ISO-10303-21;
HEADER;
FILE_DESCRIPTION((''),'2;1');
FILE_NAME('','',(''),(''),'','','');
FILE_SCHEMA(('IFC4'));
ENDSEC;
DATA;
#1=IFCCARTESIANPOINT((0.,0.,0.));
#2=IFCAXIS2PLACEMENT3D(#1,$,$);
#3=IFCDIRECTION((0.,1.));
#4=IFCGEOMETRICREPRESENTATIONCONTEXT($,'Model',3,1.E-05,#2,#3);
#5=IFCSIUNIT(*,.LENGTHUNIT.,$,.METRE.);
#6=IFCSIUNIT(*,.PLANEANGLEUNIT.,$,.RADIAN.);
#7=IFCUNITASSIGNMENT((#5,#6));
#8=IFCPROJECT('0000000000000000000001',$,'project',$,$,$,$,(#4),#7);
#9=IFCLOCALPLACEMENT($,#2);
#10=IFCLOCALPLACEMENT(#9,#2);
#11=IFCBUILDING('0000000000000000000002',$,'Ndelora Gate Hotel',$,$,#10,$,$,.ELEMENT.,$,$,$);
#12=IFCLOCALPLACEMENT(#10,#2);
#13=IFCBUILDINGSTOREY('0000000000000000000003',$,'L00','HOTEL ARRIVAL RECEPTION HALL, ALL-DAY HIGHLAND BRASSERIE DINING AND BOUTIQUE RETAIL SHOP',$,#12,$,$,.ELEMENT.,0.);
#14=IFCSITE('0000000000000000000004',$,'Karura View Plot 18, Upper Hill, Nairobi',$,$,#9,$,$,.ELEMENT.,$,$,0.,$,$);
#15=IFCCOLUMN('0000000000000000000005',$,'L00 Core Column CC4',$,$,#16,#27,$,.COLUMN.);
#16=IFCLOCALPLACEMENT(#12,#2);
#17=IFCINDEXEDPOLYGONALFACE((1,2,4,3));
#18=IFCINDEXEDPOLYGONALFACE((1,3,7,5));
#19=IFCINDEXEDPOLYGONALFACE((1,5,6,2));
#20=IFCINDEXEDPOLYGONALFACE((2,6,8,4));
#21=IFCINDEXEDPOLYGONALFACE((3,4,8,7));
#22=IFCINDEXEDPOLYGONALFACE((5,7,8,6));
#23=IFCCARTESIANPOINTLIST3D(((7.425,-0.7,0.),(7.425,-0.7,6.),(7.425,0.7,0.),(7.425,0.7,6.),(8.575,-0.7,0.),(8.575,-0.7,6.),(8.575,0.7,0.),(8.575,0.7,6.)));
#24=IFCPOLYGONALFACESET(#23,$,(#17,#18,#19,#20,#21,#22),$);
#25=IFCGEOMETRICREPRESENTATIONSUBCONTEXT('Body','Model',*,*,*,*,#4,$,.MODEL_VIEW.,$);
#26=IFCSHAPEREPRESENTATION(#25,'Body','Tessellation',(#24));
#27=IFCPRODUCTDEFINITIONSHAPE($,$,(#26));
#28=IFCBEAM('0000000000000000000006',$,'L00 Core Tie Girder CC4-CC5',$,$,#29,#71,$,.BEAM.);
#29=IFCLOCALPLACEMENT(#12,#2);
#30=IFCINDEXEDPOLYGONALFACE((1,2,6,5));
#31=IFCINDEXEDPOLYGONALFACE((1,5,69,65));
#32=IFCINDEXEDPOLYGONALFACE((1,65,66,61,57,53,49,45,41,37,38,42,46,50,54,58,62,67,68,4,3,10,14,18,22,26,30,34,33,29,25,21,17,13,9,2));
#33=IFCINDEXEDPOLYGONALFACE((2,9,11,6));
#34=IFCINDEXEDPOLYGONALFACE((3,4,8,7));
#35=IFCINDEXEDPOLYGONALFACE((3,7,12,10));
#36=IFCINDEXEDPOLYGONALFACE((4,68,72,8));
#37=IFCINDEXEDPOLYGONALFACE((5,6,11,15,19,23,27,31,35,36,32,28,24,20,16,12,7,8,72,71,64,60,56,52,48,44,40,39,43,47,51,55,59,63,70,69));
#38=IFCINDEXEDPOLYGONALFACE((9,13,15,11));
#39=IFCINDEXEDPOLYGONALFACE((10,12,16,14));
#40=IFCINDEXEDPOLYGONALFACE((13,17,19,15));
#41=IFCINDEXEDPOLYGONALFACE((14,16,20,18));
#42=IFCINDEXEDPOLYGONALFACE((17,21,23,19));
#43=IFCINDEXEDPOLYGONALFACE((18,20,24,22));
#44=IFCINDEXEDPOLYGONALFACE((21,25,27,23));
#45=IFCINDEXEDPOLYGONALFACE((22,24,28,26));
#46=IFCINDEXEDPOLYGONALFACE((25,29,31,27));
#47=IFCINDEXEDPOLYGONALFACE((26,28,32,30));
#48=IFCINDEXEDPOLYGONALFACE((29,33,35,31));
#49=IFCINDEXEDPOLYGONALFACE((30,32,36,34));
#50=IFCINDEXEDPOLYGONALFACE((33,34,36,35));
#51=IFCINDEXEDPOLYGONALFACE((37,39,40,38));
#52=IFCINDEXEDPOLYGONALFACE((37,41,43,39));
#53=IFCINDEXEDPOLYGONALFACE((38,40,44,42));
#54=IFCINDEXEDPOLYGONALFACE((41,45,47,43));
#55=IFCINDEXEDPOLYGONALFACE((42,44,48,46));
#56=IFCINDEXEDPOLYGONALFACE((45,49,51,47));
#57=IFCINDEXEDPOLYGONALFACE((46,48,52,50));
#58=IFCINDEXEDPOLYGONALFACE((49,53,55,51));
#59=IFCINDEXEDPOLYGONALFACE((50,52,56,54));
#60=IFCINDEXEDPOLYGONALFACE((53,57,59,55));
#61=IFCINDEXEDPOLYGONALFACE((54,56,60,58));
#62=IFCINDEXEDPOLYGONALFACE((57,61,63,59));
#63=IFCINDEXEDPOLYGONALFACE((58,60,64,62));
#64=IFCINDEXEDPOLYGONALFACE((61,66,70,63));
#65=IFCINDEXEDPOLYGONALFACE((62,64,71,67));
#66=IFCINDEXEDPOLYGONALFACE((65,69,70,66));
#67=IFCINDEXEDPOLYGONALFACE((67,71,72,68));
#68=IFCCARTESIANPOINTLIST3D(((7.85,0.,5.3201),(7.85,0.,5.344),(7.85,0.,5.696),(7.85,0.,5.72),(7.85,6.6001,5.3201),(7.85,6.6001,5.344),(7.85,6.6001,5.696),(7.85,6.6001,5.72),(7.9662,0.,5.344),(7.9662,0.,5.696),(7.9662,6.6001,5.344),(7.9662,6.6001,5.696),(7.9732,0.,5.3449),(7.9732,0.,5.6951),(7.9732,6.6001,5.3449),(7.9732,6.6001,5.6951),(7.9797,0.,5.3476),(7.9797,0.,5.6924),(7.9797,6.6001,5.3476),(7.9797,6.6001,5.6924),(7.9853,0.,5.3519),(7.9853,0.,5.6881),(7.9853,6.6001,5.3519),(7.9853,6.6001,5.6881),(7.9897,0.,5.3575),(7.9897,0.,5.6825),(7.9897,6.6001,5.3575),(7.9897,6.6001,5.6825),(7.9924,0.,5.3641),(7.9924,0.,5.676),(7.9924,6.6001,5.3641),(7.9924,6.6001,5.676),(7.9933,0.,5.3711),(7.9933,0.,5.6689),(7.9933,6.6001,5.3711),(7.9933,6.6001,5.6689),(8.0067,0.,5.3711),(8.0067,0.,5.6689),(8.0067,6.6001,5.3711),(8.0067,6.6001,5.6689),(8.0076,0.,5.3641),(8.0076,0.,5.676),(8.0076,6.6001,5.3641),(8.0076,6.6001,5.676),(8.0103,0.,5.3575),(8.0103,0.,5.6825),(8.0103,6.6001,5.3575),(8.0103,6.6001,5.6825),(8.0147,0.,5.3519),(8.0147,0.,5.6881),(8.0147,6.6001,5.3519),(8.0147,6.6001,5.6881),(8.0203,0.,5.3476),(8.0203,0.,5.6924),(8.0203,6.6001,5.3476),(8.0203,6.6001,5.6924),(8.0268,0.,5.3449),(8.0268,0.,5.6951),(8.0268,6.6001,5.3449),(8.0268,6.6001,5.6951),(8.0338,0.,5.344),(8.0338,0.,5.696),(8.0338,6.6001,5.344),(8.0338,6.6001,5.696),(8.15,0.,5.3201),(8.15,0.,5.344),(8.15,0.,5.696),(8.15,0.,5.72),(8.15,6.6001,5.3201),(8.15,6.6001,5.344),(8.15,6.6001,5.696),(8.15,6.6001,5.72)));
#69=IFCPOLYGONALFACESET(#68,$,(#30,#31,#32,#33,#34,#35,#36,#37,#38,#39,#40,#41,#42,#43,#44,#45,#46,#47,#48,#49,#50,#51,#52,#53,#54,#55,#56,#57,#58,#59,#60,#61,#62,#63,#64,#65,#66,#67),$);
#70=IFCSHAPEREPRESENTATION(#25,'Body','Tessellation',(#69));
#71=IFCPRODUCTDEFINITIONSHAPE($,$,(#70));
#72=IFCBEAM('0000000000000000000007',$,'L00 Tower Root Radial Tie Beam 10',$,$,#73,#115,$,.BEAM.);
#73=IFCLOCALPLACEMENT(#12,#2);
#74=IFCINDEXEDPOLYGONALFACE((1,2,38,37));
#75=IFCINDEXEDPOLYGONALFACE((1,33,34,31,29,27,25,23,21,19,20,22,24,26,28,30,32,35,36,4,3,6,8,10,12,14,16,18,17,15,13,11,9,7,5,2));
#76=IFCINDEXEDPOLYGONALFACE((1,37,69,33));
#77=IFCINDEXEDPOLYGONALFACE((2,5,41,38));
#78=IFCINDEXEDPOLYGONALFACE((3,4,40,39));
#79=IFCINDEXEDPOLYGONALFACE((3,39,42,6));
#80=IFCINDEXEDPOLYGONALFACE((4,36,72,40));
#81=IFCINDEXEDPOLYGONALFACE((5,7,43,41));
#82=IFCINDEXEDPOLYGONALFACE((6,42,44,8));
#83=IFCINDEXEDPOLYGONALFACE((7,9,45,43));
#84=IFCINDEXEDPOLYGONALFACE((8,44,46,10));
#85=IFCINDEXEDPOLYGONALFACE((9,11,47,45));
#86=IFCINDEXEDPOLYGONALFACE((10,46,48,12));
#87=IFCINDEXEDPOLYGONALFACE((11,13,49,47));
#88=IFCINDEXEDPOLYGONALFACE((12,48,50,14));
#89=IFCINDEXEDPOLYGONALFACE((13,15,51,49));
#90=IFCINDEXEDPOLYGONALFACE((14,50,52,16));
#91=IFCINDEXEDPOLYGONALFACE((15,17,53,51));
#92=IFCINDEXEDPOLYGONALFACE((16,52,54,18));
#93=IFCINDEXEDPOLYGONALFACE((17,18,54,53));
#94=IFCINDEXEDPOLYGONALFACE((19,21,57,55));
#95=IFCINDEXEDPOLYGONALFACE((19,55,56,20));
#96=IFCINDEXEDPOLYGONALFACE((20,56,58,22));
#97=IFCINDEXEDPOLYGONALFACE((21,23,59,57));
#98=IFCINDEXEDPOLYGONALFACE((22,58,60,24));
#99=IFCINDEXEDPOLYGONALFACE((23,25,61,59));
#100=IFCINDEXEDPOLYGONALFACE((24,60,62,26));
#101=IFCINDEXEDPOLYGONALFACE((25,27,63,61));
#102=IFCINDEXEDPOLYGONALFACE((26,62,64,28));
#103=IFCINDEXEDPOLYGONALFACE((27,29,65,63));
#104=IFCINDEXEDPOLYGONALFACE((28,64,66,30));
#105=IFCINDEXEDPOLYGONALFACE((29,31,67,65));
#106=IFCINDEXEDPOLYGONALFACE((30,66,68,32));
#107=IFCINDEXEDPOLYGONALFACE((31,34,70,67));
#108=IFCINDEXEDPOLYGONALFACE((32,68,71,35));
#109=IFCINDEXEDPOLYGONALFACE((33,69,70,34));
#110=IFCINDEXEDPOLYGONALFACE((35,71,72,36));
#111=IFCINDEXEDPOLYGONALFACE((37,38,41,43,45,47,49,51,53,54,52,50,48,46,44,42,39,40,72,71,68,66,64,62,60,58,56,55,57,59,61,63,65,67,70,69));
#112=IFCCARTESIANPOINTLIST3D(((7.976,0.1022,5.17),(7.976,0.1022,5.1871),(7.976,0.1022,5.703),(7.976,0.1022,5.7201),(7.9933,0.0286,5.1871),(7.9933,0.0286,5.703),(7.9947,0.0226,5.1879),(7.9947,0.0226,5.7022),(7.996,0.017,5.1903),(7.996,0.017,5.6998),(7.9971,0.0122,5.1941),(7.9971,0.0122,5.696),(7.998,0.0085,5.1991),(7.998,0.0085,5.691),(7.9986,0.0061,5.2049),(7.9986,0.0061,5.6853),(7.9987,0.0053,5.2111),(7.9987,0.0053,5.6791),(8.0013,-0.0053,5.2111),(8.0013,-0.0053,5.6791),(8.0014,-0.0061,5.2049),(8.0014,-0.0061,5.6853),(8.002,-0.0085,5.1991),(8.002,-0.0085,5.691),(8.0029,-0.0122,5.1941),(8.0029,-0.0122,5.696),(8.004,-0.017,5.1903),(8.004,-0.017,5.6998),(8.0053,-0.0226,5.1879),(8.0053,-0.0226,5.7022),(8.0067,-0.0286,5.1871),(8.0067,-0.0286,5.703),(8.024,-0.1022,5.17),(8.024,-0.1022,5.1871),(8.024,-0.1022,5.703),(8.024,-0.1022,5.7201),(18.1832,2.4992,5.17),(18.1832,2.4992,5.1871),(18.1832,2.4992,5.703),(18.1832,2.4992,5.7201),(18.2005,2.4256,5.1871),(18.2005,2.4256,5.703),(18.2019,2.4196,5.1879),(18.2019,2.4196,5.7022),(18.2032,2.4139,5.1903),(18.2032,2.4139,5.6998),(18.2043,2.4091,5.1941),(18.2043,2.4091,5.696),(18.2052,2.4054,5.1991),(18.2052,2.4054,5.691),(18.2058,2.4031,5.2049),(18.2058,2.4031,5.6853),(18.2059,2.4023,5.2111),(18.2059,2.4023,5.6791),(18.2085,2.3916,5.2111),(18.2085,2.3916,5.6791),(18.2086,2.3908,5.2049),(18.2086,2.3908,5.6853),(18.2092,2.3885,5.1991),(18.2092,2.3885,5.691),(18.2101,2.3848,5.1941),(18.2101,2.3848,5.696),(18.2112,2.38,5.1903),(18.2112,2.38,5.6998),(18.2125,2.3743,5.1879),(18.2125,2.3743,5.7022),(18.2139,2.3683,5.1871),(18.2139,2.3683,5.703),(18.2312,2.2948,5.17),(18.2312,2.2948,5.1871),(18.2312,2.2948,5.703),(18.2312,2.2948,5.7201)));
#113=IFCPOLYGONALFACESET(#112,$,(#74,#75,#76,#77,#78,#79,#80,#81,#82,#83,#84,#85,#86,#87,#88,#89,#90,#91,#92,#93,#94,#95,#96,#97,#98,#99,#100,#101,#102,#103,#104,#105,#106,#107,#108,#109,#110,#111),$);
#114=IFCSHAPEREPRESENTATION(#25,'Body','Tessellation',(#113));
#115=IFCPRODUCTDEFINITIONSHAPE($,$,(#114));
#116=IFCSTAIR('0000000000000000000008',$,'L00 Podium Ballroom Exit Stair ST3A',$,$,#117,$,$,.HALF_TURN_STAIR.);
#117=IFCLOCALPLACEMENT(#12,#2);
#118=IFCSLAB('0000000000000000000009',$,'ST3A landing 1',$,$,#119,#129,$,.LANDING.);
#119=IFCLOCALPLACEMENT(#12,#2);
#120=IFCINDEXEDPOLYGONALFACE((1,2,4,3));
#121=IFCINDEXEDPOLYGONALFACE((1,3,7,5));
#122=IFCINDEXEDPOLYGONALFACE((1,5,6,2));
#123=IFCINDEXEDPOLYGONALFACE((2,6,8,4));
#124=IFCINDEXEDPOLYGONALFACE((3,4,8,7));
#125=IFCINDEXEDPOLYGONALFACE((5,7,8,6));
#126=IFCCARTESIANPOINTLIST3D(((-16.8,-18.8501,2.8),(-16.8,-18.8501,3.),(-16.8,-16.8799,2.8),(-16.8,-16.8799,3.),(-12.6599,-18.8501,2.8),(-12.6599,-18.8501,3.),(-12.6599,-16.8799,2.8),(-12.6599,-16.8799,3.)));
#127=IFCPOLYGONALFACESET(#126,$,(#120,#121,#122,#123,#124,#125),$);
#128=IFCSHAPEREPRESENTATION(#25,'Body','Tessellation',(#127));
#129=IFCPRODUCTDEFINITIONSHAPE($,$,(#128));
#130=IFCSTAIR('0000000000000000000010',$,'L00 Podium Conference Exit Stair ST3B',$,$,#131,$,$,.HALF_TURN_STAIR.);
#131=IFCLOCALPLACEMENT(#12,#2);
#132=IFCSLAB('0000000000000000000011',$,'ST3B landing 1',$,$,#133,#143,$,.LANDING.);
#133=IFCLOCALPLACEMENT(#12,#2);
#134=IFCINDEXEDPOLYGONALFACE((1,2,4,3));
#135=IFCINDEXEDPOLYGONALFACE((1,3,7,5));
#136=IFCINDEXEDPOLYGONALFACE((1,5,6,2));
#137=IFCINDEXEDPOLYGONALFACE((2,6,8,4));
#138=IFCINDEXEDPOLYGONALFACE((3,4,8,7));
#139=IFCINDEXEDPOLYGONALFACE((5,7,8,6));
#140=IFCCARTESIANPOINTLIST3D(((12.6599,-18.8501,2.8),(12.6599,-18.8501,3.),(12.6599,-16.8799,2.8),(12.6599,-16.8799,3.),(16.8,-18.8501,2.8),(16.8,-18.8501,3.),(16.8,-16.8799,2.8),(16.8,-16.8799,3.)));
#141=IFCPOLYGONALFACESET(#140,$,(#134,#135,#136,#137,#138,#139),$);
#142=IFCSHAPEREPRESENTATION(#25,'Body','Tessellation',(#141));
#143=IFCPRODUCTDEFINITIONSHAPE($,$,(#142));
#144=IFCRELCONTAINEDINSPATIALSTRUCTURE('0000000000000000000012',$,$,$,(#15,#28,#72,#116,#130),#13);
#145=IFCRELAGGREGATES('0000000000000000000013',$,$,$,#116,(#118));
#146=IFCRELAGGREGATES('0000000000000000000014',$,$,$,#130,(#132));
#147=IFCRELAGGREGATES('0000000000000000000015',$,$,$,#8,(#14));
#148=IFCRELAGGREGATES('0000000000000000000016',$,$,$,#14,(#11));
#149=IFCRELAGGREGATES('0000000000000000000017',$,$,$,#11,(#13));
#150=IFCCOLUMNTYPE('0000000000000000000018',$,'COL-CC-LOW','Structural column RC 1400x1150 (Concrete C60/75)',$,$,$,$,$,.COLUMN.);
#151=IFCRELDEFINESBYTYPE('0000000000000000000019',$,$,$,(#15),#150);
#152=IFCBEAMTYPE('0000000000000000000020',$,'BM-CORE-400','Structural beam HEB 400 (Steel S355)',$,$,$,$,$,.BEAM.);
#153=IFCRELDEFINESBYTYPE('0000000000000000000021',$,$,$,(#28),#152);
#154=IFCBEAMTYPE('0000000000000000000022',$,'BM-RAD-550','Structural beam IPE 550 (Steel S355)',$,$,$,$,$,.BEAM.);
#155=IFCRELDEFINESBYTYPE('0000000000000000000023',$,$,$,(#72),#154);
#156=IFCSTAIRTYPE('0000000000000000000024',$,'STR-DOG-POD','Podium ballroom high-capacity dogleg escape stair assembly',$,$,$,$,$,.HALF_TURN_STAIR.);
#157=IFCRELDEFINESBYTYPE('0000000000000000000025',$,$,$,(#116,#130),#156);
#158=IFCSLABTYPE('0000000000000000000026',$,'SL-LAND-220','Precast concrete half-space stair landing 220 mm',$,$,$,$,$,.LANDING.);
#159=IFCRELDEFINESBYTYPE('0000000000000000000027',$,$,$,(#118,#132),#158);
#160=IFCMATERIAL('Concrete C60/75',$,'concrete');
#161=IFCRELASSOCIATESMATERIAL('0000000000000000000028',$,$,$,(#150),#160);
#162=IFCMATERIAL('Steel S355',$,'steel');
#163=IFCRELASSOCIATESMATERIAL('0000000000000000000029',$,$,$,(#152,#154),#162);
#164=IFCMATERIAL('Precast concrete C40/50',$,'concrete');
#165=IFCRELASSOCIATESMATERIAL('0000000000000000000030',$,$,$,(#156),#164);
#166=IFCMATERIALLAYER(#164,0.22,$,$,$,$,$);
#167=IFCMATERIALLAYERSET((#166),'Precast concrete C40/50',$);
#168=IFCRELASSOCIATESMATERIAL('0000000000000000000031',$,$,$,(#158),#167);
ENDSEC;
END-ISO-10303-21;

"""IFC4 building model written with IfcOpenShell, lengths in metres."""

from ifc_helpers import new_model, si_unit, direction, frame, origin, origin_2d, place, context, subcontext, project, spatial, polyline, rectangle, i_section, outline, extrude, material, layer, layer_set, material_profile, profile_set, type_object, element, aggregate, save


model = new_model("IFC4")

# Units and contexts
model_context = context("Model", 3, precision=1e-05, world=origin(), true_north=direction((0.0, 1.0)))
body_context = subcontext(model_context, "Body", "Model", "MODEL_VIEW")
ifc_project = project(units=[si_unit("LENGTHUNIT", "METRE"), si_unit("PLANEANGLEUNIT", "RADIAN")], contexts=[model_context])

# Site, building, storey
site_placement = place(None, origin())
site = spatial("IfcSite", under=ifc_project, at=site_placement, Name="Karura View Plot 18, Upper Hill, Nairobi", CompositionType="ELEMENT", RefElevation=0.0)
building_placement = place(site_placement, origin())
building = spatial("IfcBuilding", under=site, at=building_placement, Name="Ndelora Gate Hotel", CompositionType="ELEMENT")
storey_placement = place(building_placement, origin())
storey = spatial("IfcBuildingStorey", under=building, at=storey_placement, Name="L00", Description="HOTEL ARRIVAL RECEPTION HALL, ALL-DAY HIGHLAND BRASSERIE DINING AND BOUTIQUE RETAIL SHOP", CompositionType="ELEMENT", Elevation=0.0)

# Column
ifc_material_1 = material(Name="Concrete C60/75", Category="concrete")
ifc_material_profile_1 = material_profile(ifc_material_1, rectangle(XDim=1.1499, YDim=1.3999, at=origin_2d()), Name="RC 1400x1150")
ifc_profile_set_1 = profile_set([ifc_material_profile_1], Name="Concrete C60/75")
column_type = type_object("IfcColumnType", Name="COL-CC-LOW", Description="Structural column RC 1400x1150 (Concrete C60/75)", PredefinedType="COLUMN", material=ifc_profile_set_1)
column_placement = place(storey_placement, frame((8.0, 0.0, 0.0), z_axis=(0.0, 0.0, 1.0), x_axis=(1.0, 0.0, 0.0)))
element("IfcColumn", 1, at=column_placement, inside=storey, type_object=column_type, Name="L00 Core Column CC4", PredefinedType="COLUMN", context=body_context, shape_type="SweptSolid", body=[
    extrude(rectangle(XDim=1.1499, YDim=1.3999, at=origin_2d()), origin(), (0.0, 0.0, 1.0), 6.0),
])

# Beams
ifc_material_2 = material(Name="Steel S355", Category="steel")
ifc_material_profile_2 = material_profile(ifc_material_2, i_section(OverallWidth=0.3, OverallDepth=0.3999, WebThickness=0.0134, FlangeThickness=0.0239, FilletRadius=0.0271, at=origin_2d()), Name="HEB 400")
ifc_profile_set_2 = profile_set([ifc_material_profile_2], Name="Steel S355")
beam_type_1 = type_object("IfcBeamType", Name="BM-CORE-400", Description="Structural beam HEB 400 (Steel S355)", PredefinedType="BEAM", material=ifc_profile_set_2)
beam_1_placement = place(storey_placement, frame((8.0, 0.0, 5.52), z_axis=(0.0, 1.0, 0.0), x_axis=(-1.0, 0.0, 0.0)))
element("IfcBeam", 2, at=beam_1_placement, inside=storey, type_object=beam_type_1, Name="L00 Core Tie Girder CC4-CC5", PredefinedType="BEAM", context=body_context, shape_type="SweptSolid", body=[
    extrude(i_section(OverallWidth=0.3, OverallDepth=0.3999, WebThickness=0.0134, FlangeThickness=0.0239, FilletRadius=0.0271, at=origin_2d()), origin(), (0.0, 0.0, 1.0), 6.6001),
])
ifc_material_profile_3 = material_profile(ifc_material_2, i_section(OverallWidth=0.21, OverallDepth=0.55, WebThickness=0.011, FlangeThickness=0.0171, FilletRadius=0.0239, at=origin_2d()), Name="IPE 550")
ifc_profile_set_3 = profile_set([ifc_material_profile_3], Name="Steel S355")
beam_type_2 = type_object("IfcBeamType", Name="BM-RAD-550", Description="Structural beam IPE 550 (Steel S355)", PredefinedType="BEAM", material=ifc_profile_set_3)
beam_2_placement = place(storey_placement, frame((8.0, 0.0, 5.4451), z_axis=(0.973518, 0.228611, 0.0), x_axis=(-0.228611, 0.973518, 0.0)))
element("IfcBeam", 3, at=beam_2_placement, inside=storey, type_object=beam_type_2, Name="L00 Tower Root Radial Tie Beam 10", PredefinedType="BEAM", context=body_context, shape_type="SweptSolid", body=[
    extrude(i_section(OverallWidth=0.21, OverallDepth=0.55, WebThickness=0.011, FlangeThickness=0.0171, FilletRadius=0.0239, at=origin_2d()), origin(), (0.0, 0.0, 1.0), 10.4849),
])

# Stairs, slabs
ifc_material_3 = material(Name="Precast concrete C40/50", Category="concrete")
stair_type = type_object("IfcStairType", Name="STR-DOG-POD", Description="Podium ballroom high-capacity dogleg escape stair assembly", PredefinedType="HALF_TURN_STAIR", material=ifc_material_3)
stair_1_placement = place(storey_placement, origin())
stair_1 = element("IfcStair", 4, at=stair_1_placement, inside=storey, type_object=stair_type, Name="L00 Podium Ballroom Exit Stair ST3A", PredefinedType="HALF_TURN_STAIR")
ifc_layer_1 = layer(ifc_material_3, 0.22)
ifc_layer_set_1 = layer_set([ifc_layer_1], Name="Precast concrete C40/50")
slab_type = type_object("IfcSlabType", Name="SL-LAND-220", Description="Precast concrete half-space stair landing 220 mm", PredefinedType="LANDING", material=ifc_layer_set_1)
slab_1_placement = place(storey_placement, frame((0.0, 0.0, 2.8)))
slab_1 = element("IfcSlab", 5, at=slab_1_placement, type_object=slab_type, Name="ST3A landing 1", PredefinedType="LANDING", context=body_context, shape_type="SweptSolid", body=[
    extrude(outline(polyline([(-16.8, -16.8799), (-16.8, -18.8501), (-12.6599, -18.8501), (-12.6599, -16.8799), (-16.8, -16.8799)])), origin(), (0.0, 0.0, 1.0), 0.2),
])
aggregate(stair_1, [slab_1])
stair_2_placement = place(storey_placement, origin())
stair_2 = element("IfcStair", 6, at=stair_2_placement, inside=storey, type_object=stair_type, Name="L00 Podium Conference Exit Stair ST3B", PredefinedType="HALF_TURN_STAIR")
slab_2_placement = place(storey_placement, frame((0.0, 0.0, 2.8)))
slab_2 = element("IfcSlab", 7, at=slab_2_placement, type_object=slab_type, Name="ST3B landing 1", PredefinedType="LANDING", context=body_context, shape_type="SweptSolid", body=[
    extrude(outline(polyline([(12.6599, -16.8799), (12.6599, -18.8501), (16.8, -18.8501), (16.8, -16.8799), (12.6599, -16.8799)])), origin(), (0.0, 0.0, 1.0), 0.2),
])
aggregate(stair_2, [slab_2])

save(model, "model.ifc")
